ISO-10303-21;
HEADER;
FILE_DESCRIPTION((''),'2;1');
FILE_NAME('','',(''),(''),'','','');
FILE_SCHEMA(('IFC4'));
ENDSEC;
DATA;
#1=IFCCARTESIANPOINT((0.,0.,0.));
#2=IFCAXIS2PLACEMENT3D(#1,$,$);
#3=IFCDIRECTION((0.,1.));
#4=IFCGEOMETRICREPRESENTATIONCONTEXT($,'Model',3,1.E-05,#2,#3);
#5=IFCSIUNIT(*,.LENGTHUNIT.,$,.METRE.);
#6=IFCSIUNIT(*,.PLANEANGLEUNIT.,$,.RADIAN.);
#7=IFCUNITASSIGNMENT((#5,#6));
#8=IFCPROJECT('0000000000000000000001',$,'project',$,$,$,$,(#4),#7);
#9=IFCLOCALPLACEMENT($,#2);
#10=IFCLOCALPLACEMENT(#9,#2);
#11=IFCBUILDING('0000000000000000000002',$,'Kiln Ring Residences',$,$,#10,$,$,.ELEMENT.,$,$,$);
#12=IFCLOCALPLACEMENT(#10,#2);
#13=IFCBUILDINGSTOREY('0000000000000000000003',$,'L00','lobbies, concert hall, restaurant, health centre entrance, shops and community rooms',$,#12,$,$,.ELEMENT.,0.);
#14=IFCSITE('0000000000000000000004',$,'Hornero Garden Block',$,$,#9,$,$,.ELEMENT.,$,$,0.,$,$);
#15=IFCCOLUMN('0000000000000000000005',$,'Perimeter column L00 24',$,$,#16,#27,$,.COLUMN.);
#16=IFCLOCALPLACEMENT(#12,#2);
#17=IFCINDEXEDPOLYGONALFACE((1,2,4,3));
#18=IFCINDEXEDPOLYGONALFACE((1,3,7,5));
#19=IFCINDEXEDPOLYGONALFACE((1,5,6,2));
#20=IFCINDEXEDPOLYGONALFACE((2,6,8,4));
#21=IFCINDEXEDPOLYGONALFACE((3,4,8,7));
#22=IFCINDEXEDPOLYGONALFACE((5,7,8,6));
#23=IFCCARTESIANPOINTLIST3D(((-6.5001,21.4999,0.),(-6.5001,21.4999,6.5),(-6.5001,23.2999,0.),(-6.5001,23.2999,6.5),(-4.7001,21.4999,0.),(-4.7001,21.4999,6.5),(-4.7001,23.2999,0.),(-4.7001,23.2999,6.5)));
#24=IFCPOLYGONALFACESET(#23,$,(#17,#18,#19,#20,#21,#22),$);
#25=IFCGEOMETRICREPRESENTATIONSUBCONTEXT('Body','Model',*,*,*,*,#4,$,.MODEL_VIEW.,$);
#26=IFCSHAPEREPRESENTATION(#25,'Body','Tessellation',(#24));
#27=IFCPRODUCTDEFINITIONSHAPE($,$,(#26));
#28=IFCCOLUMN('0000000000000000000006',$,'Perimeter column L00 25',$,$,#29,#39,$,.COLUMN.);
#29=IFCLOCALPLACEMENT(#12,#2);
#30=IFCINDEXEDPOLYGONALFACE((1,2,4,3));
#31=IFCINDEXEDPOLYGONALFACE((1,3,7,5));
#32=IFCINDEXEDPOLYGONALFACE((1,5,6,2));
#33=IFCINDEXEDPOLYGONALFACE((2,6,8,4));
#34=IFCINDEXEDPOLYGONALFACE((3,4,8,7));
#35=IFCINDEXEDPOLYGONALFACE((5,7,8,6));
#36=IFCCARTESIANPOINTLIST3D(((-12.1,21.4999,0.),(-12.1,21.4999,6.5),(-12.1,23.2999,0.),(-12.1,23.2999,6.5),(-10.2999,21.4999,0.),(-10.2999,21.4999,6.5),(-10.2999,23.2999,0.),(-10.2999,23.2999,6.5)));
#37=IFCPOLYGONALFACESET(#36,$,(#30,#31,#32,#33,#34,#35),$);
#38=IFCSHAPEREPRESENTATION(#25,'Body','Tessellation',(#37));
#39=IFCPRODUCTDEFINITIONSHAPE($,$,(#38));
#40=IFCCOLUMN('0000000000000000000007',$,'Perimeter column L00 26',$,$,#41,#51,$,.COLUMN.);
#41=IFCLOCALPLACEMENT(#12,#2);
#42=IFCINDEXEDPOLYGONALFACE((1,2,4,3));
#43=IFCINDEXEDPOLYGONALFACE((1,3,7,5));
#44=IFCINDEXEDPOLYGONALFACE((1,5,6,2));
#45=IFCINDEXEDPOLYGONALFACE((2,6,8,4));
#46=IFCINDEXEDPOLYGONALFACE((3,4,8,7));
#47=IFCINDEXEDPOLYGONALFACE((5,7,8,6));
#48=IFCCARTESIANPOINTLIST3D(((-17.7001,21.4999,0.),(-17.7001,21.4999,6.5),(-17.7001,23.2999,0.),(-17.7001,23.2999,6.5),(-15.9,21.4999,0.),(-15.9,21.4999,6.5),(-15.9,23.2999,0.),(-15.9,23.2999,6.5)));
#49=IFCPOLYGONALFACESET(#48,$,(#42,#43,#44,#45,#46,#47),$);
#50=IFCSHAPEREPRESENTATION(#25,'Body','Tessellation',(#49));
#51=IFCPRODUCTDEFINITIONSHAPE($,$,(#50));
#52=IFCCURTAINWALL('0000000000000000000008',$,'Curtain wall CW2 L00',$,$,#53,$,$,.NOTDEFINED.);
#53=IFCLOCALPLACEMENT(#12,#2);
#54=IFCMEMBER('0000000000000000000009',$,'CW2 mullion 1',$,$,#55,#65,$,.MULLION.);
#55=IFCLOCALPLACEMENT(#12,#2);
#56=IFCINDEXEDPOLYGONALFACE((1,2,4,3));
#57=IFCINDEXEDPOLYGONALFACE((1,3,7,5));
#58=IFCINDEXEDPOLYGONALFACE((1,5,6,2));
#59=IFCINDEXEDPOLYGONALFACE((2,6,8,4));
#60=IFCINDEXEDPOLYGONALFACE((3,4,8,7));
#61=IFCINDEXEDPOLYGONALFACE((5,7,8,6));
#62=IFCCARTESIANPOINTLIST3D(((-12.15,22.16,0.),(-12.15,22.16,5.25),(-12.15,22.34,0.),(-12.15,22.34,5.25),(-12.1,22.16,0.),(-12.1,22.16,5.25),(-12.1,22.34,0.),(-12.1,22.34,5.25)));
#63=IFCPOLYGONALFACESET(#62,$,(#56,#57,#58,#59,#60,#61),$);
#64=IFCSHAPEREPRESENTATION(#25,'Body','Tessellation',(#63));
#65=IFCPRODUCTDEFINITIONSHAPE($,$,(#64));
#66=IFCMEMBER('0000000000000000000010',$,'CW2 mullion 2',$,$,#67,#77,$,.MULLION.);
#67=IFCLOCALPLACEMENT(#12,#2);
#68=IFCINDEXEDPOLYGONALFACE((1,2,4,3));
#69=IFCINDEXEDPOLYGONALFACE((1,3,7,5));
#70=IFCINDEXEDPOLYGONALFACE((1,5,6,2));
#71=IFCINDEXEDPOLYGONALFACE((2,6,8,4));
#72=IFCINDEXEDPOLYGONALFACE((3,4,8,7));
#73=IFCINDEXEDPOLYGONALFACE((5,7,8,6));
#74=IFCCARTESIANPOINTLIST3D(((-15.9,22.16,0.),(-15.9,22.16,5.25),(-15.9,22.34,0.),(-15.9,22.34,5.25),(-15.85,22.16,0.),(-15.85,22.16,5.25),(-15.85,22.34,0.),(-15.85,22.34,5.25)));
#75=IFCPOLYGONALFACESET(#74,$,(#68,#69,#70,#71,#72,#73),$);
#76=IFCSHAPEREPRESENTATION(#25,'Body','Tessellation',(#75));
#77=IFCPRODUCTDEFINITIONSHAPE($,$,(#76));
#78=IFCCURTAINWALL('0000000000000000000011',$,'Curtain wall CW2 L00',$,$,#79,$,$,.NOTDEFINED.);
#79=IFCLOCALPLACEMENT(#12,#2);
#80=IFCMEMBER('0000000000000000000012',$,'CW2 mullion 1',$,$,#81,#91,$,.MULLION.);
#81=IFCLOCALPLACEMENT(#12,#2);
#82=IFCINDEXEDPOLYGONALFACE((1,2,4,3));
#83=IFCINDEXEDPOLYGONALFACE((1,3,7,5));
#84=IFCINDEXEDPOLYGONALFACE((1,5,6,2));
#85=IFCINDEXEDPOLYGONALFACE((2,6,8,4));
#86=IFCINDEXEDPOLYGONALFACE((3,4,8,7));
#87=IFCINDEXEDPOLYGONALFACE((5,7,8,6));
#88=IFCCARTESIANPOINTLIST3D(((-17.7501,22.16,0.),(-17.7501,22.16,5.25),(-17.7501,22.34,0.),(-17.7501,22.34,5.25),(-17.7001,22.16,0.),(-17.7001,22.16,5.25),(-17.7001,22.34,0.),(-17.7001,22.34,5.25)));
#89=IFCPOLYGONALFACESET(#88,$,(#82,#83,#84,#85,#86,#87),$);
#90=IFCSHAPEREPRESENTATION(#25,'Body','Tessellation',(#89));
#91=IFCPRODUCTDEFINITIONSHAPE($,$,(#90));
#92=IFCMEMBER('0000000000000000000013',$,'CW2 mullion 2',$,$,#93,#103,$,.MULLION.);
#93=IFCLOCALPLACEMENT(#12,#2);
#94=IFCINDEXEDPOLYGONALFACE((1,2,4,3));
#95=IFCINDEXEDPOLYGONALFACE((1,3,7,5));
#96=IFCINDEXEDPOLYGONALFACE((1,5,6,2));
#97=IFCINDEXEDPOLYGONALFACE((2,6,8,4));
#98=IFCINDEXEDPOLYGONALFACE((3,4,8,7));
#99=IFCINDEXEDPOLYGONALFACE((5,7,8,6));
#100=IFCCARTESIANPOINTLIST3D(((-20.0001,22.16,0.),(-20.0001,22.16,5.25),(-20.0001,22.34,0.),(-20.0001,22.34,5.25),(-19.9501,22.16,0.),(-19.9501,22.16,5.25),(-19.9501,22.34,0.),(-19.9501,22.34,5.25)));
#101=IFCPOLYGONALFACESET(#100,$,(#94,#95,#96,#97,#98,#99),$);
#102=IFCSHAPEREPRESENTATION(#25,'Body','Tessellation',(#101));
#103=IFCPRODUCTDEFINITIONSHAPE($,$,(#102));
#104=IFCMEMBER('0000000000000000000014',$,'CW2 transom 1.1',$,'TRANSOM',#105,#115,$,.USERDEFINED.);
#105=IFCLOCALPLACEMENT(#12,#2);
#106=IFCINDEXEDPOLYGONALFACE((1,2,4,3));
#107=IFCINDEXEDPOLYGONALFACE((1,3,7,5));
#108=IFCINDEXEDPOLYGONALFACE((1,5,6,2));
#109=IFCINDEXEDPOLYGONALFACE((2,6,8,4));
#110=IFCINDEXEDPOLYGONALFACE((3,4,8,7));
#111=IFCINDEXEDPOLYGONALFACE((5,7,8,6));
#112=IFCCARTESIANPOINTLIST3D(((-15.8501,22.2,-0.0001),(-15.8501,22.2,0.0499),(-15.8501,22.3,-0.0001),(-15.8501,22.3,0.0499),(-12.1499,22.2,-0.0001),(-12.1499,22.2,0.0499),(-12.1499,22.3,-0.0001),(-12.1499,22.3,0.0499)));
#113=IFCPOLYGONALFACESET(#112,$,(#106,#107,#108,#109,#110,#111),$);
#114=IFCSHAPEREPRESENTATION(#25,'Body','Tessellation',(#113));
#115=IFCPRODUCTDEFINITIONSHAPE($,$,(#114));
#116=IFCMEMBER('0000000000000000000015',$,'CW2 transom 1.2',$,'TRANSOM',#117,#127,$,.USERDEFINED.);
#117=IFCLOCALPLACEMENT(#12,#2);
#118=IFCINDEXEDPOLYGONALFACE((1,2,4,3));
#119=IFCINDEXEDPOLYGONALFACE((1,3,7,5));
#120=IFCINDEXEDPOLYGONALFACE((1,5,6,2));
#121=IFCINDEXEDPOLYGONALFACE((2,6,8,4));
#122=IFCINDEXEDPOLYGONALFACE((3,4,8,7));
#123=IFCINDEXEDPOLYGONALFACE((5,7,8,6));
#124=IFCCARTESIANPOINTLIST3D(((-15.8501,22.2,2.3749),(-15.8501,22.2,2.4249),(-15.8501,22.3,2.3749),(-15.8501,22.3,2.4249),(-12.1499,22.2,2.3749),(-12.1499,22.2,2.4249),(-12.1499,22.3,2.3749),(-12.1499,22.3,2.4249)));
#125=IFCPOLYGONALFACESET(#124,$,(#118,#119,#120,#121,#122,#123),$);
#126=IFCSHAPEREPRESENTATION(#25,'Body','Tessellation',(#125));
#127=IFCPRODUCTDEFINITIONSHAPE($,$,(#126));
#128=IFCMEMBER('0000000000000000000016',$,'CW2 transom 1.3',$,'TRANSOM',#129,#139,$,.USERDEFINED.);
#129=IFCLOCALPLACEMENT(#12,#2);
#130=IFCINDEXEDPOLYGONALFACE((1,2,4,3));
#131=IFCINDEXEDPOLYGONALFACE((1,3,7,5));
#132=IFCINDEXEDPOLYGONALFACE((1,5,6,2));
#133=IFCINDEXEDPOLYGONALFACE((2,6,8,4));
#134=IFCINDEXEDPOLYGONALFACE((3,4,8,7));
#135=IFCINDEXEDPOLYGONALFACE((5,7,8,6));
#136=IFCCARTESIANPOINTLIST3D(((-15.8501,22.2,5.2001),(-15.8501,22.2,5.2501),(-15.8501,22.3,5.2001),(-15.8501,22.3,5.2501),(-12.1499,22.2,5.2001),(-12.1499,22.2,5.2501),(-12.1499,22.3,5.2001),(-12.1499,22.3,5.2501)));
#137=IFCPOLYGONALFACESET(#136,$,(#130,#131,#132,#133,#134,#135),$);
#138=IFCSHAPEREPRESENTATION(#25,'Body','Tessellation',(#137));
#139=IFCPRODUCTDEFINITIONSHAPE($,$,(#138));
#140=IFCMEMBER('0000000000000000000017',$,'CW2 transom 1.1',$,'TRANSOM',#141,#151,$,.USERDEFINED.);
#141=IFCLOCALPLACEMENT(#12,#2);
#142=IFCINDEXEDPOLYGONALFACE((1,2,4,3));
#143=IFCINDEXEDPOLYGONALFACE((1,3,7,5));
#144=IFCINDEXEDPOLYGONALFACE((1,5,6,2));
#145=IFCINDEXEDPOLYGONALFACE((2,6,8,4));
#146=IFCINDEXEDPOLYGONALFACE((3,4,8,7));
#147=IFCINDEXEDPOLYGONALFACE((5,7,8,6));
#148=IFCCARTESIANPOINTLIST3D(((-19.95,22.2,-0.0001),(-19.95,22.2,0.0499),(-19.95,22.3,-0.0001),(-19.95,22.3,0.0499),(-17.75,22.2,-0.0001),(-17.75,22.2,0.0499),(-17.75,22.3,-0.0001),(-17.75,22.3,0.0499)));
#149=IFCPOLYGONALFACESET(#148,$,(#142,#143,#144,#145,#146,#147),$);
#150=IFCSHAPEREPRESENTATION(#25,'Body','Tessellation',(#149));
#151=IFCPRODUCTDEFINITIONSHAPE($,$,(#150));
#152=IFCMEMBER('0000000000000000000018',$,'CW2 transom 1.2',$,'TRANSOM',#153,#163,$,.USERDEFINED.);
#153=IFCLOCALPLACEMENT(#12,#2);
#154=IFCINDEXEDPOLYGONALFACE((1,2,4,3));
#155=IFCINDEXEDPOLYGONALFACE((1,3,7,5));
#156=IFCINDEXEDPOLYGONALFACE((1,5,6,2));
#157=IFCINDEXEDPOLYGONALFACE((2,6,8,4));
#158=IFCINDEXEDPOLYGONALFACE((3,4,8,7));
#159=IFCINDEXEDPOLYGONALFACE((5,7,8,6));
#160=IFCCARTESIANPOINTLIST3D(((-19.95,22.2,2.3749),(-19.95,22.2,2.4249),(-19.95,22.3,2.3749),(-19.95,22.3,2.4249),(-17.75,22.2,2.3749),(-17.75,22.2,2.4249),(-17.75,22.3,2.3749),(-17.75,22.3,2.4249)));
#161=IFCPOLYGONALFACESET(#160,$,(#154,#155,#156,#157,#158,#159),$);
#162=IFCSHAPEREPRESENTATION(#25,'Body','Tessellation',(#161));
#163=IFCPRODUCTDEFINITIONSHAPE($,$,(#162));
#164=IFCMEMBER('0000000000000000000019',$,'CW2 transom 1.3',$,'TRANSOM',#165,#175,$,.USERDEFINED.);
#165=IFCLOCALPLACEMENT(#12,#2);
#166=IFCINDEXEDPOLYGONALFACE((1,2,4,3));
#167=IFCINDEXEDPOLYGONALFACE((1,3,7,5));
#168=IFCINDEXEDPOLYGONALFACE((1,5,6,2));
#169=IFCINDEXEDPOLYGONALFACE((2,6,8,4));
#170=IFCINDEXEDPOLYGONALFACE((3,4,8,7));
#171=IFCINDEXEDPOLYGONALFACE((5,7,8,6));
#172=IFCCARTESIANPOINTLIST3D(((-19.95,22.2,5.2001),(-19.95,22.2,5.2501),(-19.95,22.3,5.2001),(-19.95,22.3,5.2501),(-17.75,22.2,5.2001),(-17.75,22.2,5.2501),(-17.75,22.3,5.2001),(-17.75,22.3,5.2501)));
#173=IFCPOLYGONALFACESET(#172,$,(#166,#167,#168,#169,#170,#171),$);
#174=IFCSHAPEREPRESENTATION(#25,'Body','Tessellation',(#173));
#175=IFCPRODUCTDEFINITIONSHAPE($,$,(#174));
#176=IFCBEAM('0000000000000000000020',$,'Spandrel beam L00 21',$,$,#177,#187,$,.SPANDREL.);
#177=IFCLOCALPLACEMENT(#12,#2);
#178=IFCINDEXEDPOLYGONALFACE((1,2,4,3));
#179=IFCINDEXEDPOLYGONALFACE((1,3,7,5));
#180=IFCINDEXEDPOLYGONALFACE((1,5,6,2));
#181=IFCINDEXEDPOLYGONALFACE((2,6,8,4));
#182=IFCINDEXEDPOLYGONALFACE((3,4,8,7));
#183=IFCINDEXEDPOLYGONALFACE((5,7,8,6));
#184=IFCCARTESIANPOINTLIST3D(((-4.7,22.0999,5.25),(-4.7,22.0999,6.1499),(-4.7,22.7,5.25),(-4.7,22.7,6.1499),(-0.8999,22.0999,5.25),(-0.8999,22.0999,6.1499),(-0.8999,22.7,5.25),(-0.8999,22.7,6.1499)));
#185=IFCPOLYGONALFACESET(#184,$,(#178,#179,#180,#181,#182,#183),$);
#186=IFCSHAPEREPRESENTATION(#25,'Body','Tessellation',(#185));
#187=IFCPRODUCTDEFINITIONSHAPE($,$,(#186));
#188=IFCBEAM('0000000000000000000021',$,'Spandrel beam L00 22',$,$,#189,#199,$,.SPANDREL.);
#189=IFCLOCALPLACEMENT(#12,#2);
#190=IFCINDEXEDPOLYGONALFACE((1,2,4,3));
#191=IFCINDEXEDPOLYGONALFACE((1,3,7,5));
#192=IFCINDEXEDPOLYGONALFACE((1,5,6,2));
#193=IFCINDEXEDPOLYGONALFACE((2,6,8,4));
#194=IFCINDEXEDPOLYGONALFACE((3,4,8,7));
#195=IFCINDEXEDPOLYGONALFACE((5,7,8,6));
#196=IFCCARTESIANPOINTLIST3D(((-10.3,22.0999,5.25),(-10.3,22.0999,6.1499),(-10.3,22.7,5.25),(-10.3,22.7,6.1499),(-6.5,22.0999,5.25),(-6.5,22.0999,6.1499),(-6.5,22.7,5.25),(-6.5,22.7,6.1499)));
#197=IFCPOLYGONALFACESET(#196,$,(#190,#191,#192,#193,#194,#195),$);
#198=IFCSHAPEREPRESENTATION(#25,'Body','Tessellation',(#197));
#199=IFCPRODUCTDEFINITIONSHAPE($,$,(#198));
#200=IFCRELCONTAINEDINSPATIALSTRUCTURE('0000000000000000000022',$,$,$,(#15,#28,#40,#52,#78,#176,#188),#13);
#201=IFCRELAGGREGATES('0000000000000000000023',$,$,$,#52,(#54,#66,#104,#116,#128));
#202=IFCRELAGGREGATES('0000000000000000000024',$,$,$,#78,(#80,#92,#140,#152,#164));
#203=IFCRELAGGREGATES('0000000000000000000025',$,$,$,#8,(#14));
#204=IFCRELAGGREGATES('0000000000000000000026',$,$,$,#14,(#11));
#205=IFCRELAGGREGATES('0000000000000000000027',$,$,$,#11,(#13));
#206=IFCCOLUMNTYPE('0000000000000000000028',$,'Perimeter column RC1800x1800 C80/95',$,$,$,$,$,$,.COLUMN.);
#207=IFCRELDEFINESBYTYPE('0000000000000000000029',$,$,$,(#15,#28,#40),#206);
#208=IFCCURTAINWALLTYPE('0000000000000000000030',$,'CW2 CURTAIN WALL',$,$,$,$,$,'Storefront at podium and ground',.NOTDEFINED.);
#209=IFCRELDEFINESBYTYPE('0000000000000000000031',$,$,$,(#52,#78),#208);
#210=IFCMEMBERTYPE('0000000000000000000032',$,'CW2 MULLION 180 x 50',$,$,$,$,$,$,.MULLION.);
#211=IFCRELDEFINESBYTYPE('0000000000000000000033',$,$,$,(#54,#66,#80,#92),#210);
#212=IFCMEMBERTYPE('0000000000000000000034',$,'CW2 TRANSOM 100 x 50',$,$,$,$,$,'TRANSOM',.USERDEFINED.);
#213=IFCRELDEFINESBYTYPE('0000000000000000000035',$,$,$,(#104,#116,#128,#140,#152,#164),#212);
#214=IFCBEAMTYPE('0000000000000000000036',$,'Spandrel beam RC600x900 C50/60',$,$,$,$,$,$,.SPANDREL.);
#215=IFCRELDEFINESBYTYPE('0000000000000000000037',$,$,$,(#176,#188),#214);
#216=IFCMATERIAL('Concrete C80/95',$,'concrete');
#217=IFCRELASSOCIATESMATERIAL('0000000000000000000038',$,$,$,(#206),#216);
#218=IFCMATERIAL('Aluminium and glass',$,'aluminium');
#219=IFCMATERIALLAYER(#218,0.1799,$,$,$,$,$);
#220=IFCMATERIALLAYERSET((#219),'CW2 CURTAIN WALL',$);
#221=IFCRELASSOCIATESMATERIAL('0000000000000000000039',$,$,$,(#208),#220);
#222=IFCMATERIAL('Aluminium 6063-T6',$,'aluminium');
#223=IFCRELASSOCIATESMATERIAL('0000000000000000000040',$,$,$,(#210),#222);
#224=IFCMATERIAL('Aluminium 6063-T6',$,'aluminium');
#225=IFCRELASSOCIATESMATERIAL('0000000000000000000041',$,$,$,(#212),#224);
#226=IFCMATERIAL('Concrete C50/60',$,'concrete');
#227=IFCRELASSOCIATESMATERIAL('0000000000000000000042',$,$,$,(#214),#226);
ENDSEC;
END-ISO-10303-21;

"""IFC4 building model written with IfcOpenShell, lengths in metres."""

from ifc_helpers import new_model, si_unit, direction, frame, origin, origin_2d, place, context, subcontext, project, spatial, rectangle, extrude, material, layer, layer_set, material_profile, profile_set, type_object, element, aggregate, save


model = new_model("IFC4")

# Units and contexts
model_context = context("Model", 3, precision=1e-05, world=origin(), true_north=direction((0.0, 1.0)))
body_context = subcontext(model_context, "Body", "Model", "MODEL_VIEW")
ifc_project = project(units=[si_unit("LENGTHUNIT", "METRE"), si_unit("PLANEANGLEUNIT", "RADIAN")], contexts=[model_context])

# Site, building, storey
site_placement = place(None, origin())
site = spatial("IfcSite", under=ifc_project, at=site_placement, Name="Hornero Garden Block", CompositionType="ELEMENT", RefElevation=0.0)
building_placement = place(site_placement, origin())
building = spatial("IfcBuilding", under=site, at=building_placement, Name="Kiln Ring Residences", CompositionType="ELEMENT")
storey_placement = place(building_placement, origin())
storey = spatial("IfcBuildingStorey", under=building, at=storey_placement, Name="L00", Description="lobbies, concert hall, restaurant, health centre entrance, shops and community rooms", CompositionType="ELEMENT", Elevation=0.0)

# Columns
ifc_material_1 = material(Name="Concrete C80/95", Category="concrete")
ifc_material_profile_1 = material_profile(ifc_material_1, rectangle(XDim=1.8, YDim=1.8, at=origin_2d()), Name="RC1800x1800")
ifc_profile_set_1 = profile_set([ifc_material_profile_1], Name="Concrete C80/95")
column_type = type_object("IfcColumnType", Name="Perimeter column RC1800x1800 C80/95", PredefinedType="COLUMN", material=ifc_profile_set_1)
for number, where, z_axis, x_axis, name in (
    (1, (-5.6001, 22.3999, 0.0), (0.0, 0.0, 1.0), (1.0, 0.0, 0.0), "Perimeter column L00 24"),
    (2, (-11.2, 22.3999, 0.0), (0.0, 0.0, 1.0), (1.0, 0.0, 0.0), "Perimeter column L00 25"),
    (3, (-16.8, 22.3999, 0.0), (0.0, 0.0, 1.0), (1.0, 0.0, 0.0), "Perimeter column L00 26"),
):
    element("IfcColumn", number, at=place(storey_placement, frame(where, z_axis=z_axis, x_axis=x_axis)), inside=storey, type_object=column_type, Name=name, PredefinedType="COLUMN", context=body_context, shape_type="SweptSolid", body=[
        extrude(rectangle(XDim=1.8, YDim=1.8, at=origin_2d()), origin(), (0.0, 0.0, 1.0), 6.5),
    ])

# Curtain walls, members
ifc_material_2 = material(Name="Aluminium and glass", Category="aluminium")
ifc_layer_1 = layer(ifc_material_2, 0.1799)
ifc_layer_set_1 = layer_set([ifc_layer_1], Name="CW2 CURTAIN WALL")
curtain_wall_type = type_object("IfcCurtainWallType", Name="CW2 CURTAIN WALL", ElementType="Storefront at podium and ground", PredefinedType="NOTDEFINED", material=ifc_layer_set_1)
placement = place(storey_placement, origin())
curtain_wall_1 = element("IfcCurtainWall", 4, at=placement, inside=storey, type_object=curtain_wall_type, Name="Curtain wall CW2 L00", PredefinedType="NOTDEFINED")
ifc_material_3 = material(Name="Aluminium 6063-T6", Category="aluminium")
ifc_material_profile_2 = material_profile(ifc_material_3, rectangle(XDim=0.1799, YDim=0.05, at=origin_2d()), Name="AL 180x50")
ifc_profile_set_2 = profile_set([ifc_material_profile_2], Name="Aluminium 6063-T6")
member_type_1 = type_object("IfcMemberType", Name="CW2 MULLION 180 x 50", PredefinedType="MULLION", material=ifc_profile_set_2)
member_1_placement = place(storey_placement, frame((-12.125, 22.25, 0.0), z_axis=(0.0, 0.0, 1.0), x_axis=(0.0, -1.0, 0.0)))
member_1 = element("IfcMember", 5, at=member_1_placement, type_object=member_type_1, Name="CW2 mullion 1", PredefinedType="MULLION", context=body_context, shape_type="SweptSolid", body=[
    extrude(rectangle(XDim=0.1799, YDim=0.05, at=origin_2d()), origin(), (0.0, 0.0, 1.0), 5.25),
])
member_2_placement = place(storey_placement, frame((-15.875, 22.25, 0.0), z_axis=(0.0, 0.0, 1.0), x_axis=(0.0, -1.0, 0.0)))
member_2 = element("IfcMember", 6, at=member_2_placement, type_object=member_type_1, Name="CW2 mullion 2", PredefinedType="MULLION", context=body_context, shape_type="SweptSolid", body=[
    extrude(rectangle(XDim=0.1799, YDim=0.05, at=origin_2d()), origin(), (0.0, 0.0, 1.0), 5.25),
])
curtain_wall_2 = element("IfcCurtainWall", 7, at=placement, inside=storey, type_object=curtain_wall_type, Name="Curtain wall CW2 L00", PredefinedType="NOTDEFINED")
member_3_placement = place(storey_placement, frame((-17.7251, 22.25, 0.0), z_axis=(0.0, 0.0, 1.0), x_axis=(0.0, -1.0, 0.0)))
member_3 = element("IfcMember", 8, at=member_3_placement, type_object=member_type_1, Name="CW2 mullion 1", PredefinedType="MULLION", context=body_context, shape_type="SweptSolid", body=[
    extrude(rectangle(XDim=0.1799, YDim=0.05, at=origin_2d()), origin(), (0.0, 0.0, 1.0), 5.25),
])
member_4_placement = place(storey_placement, frame((-19.9751, 22.25, 0.0), z_axis=(0.0, 0.0, 1.0), x_axis=(0.0, -1.0, 0.0)))
member_4 = element("IfcMember", 9, at=member_4_placement, type_object=member_type_1, Name="CW2 mullion 2", PredefinedType="MULLION", context=body_context, shape_type="SweptSolid", body=[
    extrude(rectangle(XDim=0.1799, YDim=0.05, at=origin_2d()), origin(), (0.0, 0.0, 1.0), 5.25),
])

# Members
ifc_material_4 = material(Name="Aluminium 6063-T6", Category="aluminium")
ifc_material_profile_3 = material_profile(ifc_material_4, rectangle(XDim=0.1001, YDim=0.05, at=origin_2d()), Name="AL 100x50")
ifc_profile_set_3 = profile_set([ifc_material_profile_3], Name="Aluminium 6063-T6")
member_type_2 = type_object("IfcMemberType", Name="CW2 TRANSOM 100 x 50", ElementType="TRANSOM", PredefinedType="USERDEFINED", material=ifc_profile_set_3)
member_5_placement = place(storey_placement, frame((-12.1499, 22.25, 0.0249), z_axis=(-1.0, 0.0, 0.0), x_axis=(0.0, -1.0, 0.0)))
member_5 = element("IfcMember", 10, at=member_5_placement, type_object=member_type_2, Name="CW2 transom 1.1", ObjectType="TRANSOM", PredefinedType="USERDEFINED", context=body_context, shape_type="SweptSolid", body=[
    extrude(rectangle(XDim=0.1001, YDim=0.05, at=origin_2d()), origin(), (0.0, 0.0, 1.0), 3.7002),
])
member_6_placement = place(storey_placement, frame((-12.1499, 22.25, 2.3999), z_axis=(-1.0, 0.0, 0.0), x_axis=(0.0, -1.0, 0.0)))
member_6 = element("IfcMember", 11, at=member_6_placement, type_object=member_type_2, Name="CW2 transom 1.2", ObjectType="TRANSOM", PredefinedType="USERDEFINED", context=body_context, shape_type="SweptSolid", body=[
    extrude(rectangle(XDim=0.1001, YDim=0.05, at=origin_2d()), origin(), (0.0, 0.0, 1.0), 3.7002),
])
member_7_placement = place(storey_placement, frame((-12.1499, 22.25, 5.2251), z_axis=(-1.0, 0.0, 0.0), x_axis=(0.0, -1.0, 0.0)))
member_7 = element("IfcMember", 12, at=member_7_placement, type_object=member_type_2, Name="CW2 transom 1.3", ObjectType="TRANSOM", PredefinedType="USERDEFINED", context=body_context, shape_type="SweptSolid", body=[
    extrude(rectangle(XDim=0.1001, YDim=0.05, at=origin_2d()), origin(), (0.0, 0.0, 1.0), 3.7002),
])
member_8_placement = place(storey_placement, frame((-17.75, 22.25, 0.0249), z_axis=(-1.0, 0.0, 0.0), x_axis=(0.0, -1.0, 0.0)))
member_8 = element("IfcMember", 13, at=member_8_placement, type_object=member_type_2, Name="CW2 transom 1.1", ObjectType="TRANSOM", PredefinedType="USERDEFINED", context=body_context, shape_type="SweptSolid", body=[
    extrude(rectangle(XDim=0.1001, YDim=0.05, at=origin_2d()), origin(), (0.0, 0.0, 1.0), 2.2),
])
member_9_placement = place(storey_placement, frame((-17.75, 22.25, 2.3999), z_axis=(-1.0, 0.0, 0.0), x_axis=(0.0, -1.0, 0.0)))
member_9 = element("IfcMember", 14, at=member_9_placement, type_object=member_type_2, Name="CW2 transom 1.2", ObjectType="TRANSOM", PredefinedType="USERDEFINED", context=body_context, shape_type="SweptSolid", body=[
    extrude(rectangle(XDim=0.1001, YDim=0.05, at=origin_2d()), origin(), (0.0, 0.0, 1.0), 2.2),
])
member_10_placement = place(storey_placement, frame((-17.75, 22.25, 5.2251), z_axis=(-1.0, 0.0, 0.0), x_axis=(0.0, -1.0, 0.0)))
member_10 = element("IfcMember", 15, at=member_10_placement, type_object=member_type_2, Name="CW2 transom 1.3", ObjectType="TRANSOM", PredefinedType="USERDEFINED", context=body_context, shape_type="SweptSolid", body=[
    extrude(rectangle(XDim=0.1001, YDim=0.05, at=origin_2d()), origin(), (0.0, 0.0, 1.0), 2.2),
])

# Beams
ifc_material_5 = material(Name="Concrete C50/60", Category="concrete")
ifc_material_profile_4 = material_profile(ifc_material_5, rectangle(XDim=0.6001, YDim=0.8999, at=origin_2d()), Name="RC600x900")
ifc_profile_set_4 = profile_set([ifc_material_profile_4], Name="Concrete C50/60")
beam_type = type_object("IfcBeamType", Name="Spandrel beam RC600x900 C50/60", PredefinedType="SPANDREL", material=ifc_profile_set_4)
for number, where, z_axis, x_axis, name in (
    (16, (-0.8999, 22.3999, 5.7), (-1.0, 0.0, 0.0), (0.0, -1.0, 0.0), "Spandrel beam L00 21"),
    (17, (-6.5, 22.3999, 5.7), (-1.0, 0.0, 0.0), (0.0, -1.0, 0.0), "Spandrel beam L00 22"),
):
    element("IfcBeam", number, at=place(storey_placement, frame(where, z_axis=z_axis, x_axis=x_axis)), inside=storey, type_object=beam_type, Name=name, PredefinedType="SPANDREL", context=body_context, shape_type="SweptSolid", body=[
        extrude(rectangle(XDim=0.6001, YDim=0.8999, at=origin_2d()), origin(), (0.0, 0.0, 1.0), 3.8),
    ])

aggregate(curtain_wall_1, [member_1, member_2, member_5, member_6, member_7])
aggregate(curtain_wall_2, [member_3, member_4, member_8, member_9, member_10])

save(model, "model.ifc")
